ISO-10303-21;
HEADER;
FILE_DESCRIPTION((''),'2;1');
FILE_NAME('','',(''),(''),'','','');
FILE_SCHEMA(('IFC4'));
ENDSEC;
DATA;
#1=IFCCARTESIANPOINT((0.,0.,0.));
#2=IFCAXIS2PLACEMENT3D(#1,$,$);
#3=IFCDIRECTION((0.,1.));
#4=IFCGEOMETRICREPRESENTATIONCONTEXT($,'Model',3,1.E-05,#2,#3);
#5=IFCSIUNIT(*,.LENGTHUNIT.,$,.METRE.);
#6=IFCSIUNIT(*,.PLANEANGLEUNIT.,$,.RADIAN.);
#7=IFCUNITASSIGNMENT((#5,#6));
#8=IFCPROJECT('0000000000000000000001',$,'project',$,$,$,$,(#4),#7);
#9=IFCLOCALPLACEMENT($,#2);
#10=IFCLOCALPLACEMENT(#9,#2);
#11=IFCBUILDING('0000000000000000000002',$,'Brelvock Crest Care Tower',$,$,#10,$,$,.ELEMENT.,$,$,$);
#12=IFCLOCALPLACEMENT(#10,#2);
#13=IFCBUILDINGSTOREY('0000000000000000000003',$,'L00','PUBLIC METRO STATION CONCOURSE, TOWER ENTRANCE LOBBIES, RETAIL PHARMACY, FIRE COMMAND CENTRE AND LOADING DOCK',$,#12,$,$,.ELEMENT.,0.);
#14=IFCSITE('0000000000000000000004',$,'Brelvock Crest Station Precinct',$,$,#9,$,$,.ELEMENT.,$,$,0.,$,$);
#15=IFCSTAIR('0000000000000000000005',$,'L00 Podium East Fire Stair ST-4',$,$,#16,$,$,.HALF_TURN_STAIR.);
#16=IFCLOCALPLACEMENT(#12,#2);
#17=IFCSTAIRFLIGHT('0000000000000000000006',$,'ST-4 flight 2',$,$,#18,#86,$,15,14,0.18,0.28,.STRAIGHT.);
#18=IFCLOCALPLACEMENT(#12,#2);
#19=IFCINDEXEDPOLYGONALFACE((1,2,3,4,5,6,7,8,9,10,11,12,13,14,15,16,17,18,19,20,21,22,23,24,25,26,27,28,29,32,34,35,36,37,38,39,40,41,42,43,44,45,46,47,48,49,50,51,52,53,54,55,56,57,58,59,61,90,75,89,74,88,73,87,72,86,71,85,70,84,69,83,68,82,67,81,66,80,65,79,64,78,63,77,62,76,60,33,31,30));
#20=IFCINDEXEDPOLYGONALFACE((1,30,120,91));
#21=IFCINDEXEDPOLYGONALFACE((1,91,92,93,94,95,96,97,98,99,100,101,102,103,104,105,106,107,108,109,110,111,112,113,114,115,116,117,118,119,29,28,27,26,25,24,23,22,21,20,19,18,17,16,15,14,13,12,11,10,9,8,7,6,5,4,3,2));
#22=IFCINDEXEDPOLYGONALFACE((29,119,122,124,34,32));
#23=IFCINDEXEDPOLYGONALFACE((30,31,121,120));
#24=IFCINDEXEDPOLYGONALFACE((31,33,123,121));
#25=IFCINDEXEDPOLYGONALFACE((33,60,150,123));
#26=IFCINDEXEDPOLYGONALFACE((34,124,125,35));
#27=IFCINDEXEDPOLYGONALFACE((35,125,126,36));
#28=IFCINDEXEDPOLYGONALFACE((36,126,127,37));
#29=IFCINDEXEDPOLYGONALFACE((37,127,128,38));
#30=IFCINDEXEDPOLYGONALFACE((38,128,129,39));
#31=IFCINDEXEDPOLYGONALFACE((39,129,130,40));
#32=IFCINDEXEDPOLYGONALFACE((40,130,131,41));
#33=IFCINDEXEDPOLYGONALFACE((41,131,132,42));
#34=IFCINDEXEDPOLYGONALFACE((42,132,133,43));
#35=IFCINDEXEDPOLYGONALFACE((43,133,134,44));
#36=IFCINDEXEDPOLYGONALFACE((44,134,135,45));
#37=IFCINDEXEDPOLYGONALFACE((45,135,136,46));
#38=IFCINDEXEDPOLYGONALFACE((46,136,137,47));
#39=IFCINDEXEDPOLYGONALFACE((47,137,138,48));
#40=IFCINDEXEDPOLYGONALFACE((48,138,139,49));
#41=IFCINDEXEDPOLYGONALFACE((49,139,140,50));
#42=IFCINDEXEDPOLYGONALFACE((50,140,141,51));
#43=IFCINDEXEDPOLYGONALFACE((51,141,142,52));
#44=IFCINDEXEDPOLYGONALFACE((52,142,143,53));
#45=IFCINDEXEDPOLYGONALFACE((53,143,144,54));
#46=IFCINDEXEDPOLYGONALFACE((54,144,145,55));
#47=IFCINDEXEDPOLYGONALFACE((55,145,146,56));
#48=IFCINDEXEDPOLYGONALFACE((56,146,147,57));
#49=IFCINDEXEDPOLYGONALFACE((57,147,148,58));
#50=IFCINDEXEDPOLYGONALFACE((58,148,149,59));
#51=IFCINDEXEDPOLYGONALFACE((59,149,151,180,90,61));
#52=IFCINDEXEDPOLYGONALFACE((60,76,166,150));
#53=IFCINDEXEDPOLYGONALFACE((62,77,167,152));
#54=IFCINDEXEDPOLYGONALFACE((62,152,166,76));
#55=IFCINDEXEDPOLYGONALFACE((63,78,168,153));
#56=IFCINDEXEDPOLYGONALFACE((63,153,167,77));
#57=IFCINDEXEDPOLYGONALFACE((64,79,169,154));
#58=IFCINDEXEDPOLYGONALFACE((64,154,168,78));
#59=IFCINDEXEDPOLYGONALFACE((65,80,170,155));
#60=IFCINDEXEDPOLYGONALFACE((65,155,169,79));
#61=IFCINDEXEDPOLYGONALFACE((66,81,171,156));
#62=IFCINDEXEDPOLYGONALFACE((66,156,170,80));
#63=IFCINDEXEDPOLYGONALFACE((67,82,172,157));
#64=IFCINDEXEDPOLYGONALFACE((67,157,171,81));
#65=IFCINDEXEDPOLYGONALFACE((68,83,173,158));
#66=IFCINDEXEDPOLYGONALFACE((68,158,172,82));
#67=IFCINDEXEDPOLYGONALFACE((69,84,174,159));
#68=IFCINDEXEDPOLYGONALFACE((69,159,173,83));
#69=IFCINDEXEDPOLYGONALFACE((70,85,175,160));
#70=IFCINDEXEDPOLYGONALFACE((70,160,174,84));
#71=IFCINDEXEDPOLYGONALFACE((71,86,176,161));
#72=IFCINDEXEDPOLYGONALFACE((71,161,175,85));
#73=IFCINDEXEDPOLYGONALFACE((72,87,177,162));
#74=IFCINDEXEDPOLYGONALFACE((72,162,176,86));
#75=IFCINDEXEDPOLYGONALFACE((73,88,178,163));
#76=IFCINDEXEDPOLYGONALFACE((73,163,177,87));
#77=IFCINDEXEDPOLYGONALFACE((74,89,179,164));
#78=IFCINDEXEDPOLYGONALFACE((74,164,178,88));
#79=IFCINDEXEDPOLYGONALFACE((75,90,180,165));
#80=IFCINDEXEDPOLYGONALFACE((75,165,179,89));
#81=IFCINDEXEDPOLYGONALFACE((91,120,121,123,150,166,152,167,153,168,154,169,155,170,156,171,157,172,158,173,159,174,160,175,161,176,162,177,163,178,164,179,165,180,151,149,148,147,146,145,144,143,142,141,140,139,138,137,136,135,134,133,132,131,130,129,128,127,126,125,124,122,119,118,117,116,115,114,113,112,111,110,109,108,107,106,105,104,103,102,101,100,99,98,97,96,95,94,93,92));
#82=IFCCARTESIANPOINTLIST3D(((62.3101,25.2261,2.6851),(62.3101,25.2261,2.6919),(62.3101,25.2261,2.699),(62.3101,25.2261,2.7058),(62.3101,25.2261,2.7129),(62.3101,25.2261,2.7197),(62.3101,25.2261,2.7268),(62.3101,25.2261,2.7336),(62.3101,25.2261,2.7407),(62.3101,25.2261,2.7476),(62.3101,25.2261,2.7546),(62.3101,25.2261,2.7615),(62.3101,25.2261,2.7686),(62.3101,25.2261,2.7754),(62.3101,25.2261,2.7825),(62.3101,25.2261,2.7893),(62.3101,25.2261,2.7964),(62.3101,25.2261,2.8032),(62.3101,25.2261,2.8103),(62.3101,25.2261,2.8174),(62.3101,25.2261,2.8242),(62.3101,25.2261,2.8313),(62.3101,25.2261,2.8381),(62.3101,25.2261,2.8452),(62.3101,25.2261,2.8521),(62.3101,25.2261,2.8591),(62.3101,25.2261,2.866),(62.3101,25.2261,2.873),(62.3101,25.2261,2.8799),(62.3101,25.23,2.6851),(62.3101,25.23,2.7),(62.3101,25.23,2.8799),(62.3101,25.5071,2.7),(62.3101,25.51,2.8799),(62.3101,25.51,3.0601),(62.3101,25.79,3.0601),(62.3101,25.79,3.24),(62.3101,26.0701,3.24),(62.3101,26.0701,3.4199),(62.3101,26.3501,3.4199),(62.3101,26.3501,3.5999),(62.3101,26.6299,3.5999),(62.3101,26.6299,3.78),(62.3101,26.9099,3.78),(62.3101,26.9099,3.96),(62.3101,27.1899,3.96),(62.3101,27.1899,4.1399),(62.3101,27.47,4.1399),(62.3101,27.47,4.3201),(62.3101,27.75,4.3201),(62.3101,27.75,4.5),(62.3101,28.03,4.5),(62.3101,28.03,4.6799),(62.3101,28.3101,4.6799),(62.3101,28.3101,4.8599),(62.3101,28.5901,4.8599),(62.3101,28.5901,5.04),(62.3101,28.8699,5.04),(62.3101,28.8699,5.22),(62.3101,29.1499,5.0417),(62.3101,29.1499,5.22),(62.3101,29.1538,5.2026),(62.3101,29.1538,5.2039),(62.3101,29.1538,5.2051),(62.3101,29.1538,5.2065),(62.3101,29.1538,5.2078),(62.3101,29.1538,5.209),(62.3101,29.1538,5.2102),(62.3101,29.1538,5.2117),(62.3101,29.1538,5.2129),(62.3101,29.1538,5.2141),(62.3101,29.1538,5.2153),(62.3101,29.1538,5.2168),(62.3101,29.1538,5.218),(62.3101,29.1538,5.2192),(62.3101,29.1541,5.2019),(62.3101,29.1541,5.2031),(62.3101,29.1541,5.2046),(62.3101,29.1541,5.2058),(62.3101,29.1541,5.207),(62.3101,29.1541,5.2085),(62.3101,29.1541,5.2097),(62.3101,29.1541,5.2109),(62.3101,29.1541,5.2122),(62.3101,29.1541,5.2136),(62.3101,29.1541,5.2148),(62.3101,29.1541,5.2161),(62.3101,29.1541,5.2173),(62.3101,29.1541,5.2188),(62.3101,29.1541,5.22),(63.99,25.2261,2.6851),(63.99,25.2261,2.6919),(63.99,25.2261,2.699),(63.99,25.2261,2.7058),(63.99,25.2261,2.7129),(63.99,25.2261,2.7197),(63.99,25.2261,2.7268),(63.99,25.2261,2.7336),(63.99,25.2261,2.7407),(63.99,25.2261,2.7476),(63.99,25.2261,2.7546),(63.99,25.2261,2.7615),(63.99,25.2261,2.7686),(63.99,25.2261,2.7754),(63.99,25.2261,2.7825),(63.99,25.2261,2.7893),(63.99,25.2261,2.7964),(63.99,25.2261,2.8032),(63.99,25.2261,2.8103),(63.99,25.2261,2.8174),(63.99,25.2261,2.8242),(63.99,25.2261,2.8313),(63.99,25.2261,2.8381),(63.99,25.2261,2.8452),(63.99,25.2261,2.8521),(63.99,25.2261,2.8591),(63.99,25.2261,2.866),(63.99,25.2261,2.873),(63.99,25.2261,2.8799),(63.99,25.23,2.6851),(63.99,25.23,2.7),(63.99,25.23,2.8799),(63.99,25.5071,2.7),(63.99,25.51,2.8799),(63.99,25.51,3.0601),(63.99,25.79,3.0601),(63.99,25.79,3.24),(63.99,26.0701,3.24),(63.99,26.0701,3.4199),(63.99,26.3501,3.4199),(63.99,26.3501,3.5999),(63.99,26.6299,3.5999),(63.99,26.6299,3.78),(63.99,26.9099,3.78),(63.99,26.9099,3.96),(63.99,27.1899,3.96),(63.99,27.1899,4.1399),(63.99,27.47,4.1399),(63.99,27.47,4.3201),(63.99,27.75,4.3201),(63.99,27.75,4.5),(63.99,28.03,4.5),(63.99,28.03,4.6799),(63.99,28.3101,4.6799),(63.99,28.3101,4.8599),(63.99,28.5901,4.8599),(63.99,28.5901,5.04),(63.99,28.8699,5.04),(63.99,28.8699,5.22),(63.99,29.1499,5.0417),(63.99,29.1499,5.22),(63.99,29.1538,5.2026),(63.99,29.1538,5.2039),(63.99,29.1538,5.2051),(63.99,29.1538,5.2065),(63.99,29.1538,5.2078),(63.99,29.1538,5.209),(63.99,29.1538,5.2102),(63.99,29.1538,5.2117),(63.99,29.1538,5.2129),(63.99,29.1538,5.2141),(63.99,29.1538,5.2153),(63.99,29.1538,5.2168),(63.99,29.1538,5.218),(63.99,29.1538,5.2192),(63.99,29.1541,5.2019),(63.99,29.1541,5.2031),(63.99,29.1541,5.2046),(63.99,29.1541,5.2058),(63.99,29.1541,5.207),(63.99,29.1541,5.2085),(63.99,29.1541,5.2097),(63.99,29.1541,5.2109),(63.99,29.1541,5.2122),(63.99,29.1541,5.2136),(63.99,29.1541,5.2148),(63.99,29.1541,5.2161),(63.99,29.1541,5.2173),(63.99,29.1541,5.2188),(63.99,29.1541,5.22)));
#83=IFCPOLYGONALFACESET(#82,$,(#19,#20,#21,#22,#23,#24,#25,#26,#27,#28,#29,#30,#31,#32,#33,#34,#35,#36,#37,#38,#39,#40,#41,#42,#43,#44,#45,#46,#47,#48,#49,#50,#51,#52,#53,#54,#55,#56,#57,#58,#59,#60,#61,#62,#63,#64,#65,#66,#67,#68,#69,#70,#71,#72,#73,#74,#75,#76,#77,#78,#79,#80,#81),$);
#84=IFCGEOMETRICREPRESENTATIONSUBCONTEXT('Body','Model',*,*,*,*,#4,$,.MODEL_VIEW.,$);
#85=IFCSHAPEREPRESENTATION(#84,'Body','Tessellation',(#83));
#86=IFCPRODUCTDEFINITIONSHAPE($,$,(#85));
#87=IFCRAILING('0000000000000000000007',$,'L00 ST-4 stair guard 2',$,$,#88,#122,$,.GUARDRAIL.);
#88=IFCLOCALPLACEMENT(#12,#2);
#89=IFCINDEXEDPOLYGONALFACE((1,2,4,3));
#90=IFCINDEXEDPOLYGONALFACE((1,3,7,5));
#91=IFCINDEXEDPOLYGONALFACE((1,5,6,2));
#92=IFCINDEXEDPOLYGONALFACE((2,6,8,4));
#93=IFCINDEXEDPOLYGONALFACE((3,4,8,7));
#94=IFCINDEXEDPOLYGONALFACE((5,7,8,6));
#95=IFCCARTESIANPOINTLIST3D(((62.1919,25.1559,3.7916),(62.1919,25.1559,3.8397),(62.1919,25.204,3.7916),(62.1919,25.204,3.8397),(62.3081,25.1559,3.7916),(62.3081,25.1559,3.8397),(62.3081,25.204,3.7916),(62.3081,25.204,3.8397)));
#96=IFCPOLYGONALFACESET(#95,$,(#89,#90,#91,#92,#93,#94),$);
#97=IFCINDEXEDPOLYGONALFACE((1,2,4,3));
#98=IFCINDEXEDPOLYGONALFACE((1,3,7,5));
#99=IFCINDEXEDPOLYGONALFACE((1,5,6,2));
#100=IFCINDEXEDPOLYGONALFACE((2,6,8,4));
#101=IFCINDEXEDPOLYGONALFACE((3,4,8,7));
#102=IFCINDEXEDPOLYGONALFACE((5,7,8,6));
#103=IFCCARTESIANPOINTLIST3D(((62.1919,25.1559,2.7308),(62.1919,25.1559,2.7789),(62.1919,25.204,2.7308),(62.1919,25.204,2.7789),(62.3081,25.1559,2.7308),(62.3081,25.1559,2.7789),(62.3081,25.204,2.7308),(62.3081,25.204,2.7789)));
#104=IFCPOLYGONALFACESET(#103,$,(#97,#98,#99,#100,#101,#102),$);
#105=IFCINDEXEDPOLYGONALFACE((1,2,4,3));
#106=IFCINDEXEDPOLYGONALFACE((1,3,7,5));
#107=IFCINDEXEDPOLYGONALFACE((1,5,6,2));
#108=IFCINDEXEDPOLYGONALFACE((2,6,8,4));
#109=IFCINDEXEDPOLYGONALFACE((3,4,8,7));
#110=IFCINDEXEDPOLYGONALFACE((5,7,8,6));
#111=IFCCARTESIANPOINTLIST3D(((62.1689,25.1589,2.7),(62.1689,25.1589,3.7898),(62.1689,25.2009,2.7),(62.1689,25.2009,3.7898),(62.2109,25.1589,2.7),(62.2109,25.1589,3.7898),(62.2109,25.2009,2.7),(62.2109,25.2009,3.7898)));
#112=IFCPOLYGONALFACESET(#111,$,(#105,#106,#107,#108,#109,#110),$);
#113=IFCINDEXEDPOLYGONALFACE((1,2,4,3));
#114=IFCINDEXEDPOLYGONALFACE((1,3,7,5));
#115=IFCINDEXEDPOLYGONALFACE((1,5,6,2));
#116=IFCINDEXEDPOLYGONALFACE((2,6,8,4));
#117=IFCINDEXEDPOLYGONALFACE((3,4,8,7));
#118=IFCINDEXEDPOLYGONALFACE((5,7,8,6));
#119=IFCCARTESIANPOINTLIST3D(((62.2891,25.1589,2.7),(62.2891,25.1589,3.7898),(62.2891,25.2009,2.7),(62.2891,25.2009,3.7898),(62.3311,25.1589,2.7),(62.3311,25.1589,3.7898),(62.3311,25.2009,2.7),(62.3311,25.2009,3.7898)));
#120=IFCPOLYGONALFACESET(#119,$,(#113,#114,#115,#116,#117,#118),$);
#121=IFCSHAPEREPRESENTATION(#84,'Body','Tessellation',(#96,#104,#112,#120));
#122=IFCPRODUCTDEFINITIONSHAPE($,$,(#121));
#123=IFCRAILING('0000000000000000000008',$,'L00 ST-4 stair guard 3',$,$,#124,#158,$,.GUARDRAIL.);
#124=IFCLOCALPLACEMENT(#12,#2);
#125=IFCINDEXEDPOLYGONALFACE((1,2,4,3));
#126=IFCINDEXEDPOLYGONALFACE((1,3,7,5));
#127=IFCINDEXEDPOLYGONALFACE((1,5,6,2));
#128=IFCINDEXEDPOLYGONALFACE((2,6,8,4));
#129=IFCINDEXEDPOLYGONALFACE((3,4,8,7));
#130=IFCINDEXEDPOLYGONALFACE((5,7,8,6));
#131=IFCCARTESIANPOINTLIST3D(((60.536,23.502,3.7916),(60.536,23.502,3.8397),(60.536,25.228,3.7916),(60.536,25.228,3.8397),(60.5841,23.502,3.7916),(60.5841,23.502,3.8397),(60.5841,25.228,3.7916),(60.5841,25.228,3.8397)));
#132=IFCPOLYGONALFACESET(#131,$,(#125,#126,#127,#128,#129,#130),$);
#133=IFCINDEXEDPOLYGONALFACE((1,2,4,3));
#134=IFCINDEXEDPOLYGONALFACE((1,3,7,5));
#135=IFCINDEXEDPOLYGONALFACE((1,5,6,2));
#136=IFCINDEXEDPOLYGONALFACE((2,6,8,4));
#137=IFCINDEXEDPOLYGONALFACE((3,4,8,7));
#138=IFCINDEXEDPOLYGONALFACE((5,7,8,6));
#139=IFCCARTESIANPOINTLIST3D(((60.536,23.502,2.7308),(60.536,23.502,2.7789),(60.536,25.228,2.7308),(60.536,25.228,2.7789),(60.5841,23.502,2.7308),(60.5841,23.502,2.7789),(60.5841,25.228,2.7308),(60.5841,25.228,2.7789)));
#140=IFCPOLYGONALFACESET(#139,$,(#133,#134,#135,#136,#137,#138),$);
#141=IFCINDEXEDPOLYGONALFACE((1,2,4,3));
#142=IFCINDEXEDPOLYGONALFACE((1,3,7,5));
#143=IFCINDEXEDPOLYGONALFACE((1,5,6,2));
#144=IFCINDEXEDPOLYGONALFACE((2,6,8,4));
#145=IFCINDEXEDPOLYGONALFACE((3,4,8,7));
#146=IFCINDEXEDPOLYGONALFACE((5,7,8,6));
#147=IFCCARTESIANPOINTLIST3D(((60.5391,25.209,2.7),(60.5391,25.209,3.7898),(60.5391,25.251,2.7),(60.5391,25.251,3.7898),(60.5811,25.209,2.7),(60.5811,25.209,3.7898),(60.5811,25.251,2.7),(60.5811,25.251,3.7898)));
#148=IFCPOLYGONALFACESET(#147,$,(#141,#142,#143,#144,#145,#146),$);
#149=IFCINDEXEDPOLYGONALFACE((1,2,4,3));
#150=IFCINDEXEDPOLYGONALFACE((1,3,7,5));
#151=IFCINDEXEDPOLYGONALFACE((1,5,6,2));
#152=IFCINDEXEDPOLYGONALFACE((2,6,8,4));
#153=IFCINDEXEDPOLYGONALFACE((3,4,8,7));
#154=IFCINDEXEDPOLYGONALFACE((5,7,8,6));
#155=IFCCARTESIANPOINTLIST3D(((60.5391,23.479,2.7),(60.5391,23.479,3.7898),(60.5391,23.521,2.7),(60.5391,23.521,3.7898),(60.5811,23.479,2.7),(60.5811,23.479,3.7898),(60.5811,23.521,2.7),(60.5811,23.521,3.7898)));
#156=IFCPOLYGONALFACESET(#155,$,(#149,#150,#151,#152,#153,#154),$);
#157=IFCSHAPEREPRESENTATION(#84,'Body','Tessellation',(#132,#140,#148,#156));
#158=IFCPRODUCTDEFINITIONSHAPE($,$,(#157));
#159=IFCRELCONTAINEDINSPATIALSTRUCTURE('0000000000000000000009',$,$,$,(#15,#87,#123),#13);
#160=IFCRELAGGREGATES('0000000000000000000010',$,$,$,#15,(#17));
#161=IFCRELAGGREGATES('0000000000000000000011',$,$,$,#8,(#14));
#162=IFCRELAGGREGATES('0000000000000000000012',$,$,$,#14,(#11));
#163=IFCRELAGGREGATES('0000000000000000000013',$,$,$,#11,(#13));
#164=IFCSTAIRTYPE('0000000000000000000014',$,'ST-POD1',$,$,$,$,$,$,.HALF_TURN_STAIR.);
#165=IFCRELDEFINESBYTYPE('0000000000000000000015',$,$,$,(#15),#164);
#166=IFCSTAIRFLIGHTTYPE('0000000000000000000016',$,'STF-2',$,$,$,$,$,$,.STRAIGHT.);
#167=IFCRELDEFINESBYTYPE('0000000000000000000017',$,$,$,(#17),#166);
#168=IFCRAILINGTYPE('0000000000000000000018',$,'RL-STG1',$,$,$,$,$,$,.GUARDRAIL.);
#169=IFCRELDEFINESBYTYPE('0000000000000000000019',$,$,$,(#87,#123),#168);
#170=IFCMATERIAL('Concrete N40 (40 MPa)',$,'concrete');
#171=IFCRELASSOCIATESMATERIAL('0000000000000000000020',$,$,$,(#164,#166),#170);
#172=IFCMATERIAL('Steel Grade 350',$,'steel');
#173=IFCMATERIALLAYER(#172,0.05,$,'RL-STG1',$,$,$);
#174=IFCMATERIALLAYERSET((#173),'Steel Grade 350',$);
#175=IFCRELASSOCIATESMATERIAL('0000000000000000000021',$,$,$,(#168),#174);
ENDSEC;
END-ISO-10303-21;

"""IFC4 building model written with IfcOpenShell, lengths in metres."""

from ifc_helpers import new_model, si_unit, direction, frame, origin, origin_2d, place, context, subcontext, project, spatial, polyline, rectangle, outline, extrude, material, layer, layer_set, type_object, element, aggregate, save


model = new_model("IFC4")

# Units and contexts
model_context = context("Model", 3, precision=1e-05, world=origin(), true_north=direction((0.0, 1.0)))
body_context = subcontext(model_context, "Body", "Model", "MODEL_VIEW")
ifc_project = project(units=[si_unit("LENGTHUNIT", "METRE"), si_unit("PLANEANGLEUNIT", "RADIAN")], contexts=[model_context])

# Site, building, storey
site_placement = place(None, origin())
site = spatial("IfcSite", under=ifc_project, at=site_placement, Name="Brelvock Crest Station Precinct", CompositionType="ELEMENT", RefElevation=0.0)
building_placement = place(site_placement, origin())
building = spatial("IfcBuilding", under=site, at=building_placement, Name="Brelvock Crest Care Tower", CompositionType="ELEMENT")
storey_placement = place(building_placement, origin())
storey = spatial("IfcBuildingStorey", under=building, at=storey_placement, Name="L00", Description="PUBLIC METRO STATION CONCOURSE, TOWER ENTRANCE LOBBIES, RETAIL PHARMACY, FIRE COMMAND CENTRE AND LOADING DOCK", CompositionType="ELEMENT", Elevation=0.0)

# Shared definitions
ifc_material_1 = material(Name="Steel Grade 350", Category="steel")

# Stair, stair flight
ifc_material_2 = material(Name="Concrete N40 (40 MPa)", Category="concrete")
stair_type = type_object("IfcStairType", Name="ST-POD1", PredefinedType="HALF_TURN_STAIR", material=ifc_material_2)
stair_placement = place(storey_placement, origin())
stair = element("IfcStair", 1, at=stair_placement, inside=storey, type_object=stair_type, Name="L00 Podium East Fire Stair ST-4", PredefinedType="HALF_TURN_STAIR")
stair_flight_type = type_object("IfcStairFlightType", Name="STF-2", PredefinedType="STRAIGHT", material=ifc_material_2)
stair_flight_placement = place(storey_placement, frame((63.1499, 25.23, 2.7), z_axis=(0.0, 0.0, 1.0), x_axis=(0.0, 1.0, 0.0)))
stair_flight = element("IfcStairFlight", 2, at=stair_flight_placement, type_object=stair_flight_type, Name="ST-4 flight 2", NumberOfRisers=15, NumberOfTreads=14, PredefinedType="STRAIGHT", RiserHeight=0.18, TreadLength=0.28, context=body_context, shape_type="SweptSolid", body=[
    extrude(outline(polyline([(-0.0039, -0.0149), (-0.0039, -0.0081), (-0.0039, -0.001), (-0.0039, 0.0059), (-0.0039, 0.0129), (-0.0039, 0.0198), (-0.0039, 0.0269), (-0.0039, 0.0337), (-0.0039, 0.0408), (-0.0039, 0.0476), (-0.0039, 0.0547), (-0.0039, 0.0615), (-0.0039, 0.0686), (-0.0039, 0.0754), (-0.0039, 0.0825), (-0.0039, 0.0894), (-0.0039, 0.0964), (-0.0039, 0.1033), (-0.0039, 0.1104), (-0.0039, 0.1174), (-0.0039, 0.1243), (-0.0039, 0.1313), (-0.0039, 0.1382), (-0.0039, 0.1453), (-0.0039, 0.1521), (-0.0039, 0.1592), (-0.0039, 0.166), (-0.0039, 0.1731), (-0.0039, 0.1799), (0.0, 0.1799), (0.28, 0.1799), (0.28, 0.3601), (0.5601, 0.3601), (0.5601, 0.54), (0.8401, 0.54), (0.8401, 0.72), (1.1201, 0.72), (1.1201, 0.8999), (1.3999, 0.8999), (1.3999, 1.0801), (1.6799, 1.0801), (1.6799, 1.26), (1.96, 1.26), (1.96, 1.4399), (2.24, 1.4399), (2.24, 1.6201), (2.52, 1.6201), (2.52, 1.8), (2.8, 1.8), (2.8, 1.98), (3.0801, 1.98), (3.0801, 2.1599), (3.3601, 2.1599), (3.3601, 2.3401), (3.6399, 2.3401), (3.6399, 2.52), (3.9199, 2.52), (3.9241, 2.52), (3.9238, 2.5193), (3.9241, 2.5188), (3.9238, 2.5181), (3.9241, 2.5173), (3.9238, 2.5168), (3.9241, 2.5161), (3.9238, 2.5154), (3.9241, 2.5149), (3.9238, 2.5142), (3.9241, 2.5137), (3.9238, 2.5129), (3.9241, 2.5122), (3.9238, 2.5117), (3.9241, 2.511), (3.9238, 2.5103), (3.9241, 2.5098), (3.9238, 2.509), (3.9241, 2.5085), (3.9238, 2.5078), (3.9241, 2.5071), (3.9238, 2.5066), (3.9241, 2.5059), (3.9238, 2.5051), (3.9241, 2.5046), (3.9238, 2.5039), (3.9241, 2.5032), (3.9238, 2.5027), (3.9241, 2.502), (3.9199, 2.3418), (0.2771, 0.0), (0.0, 0.0), (0.0, -0.0149), (-0.0039, -0.0149)])), frame((0.0, 0.8398, 0.0), z_axis=(0.0, -1.0, 0.0), x_axis=(1.0, 0.0, 0.0)), (0.0, 0.0, 1.0), 1.6799),
])
aggregate(stair, [stair_flight])

# Railings
ifc_layer_1 = layer(ifc_material_1, 0.05, Name="RL-STG1")
ifc_layer_set_1 = layer_set([ifc_layer_1], Name="Steel Grade 350")
railing_type_1 = type_object("IfcRailingType", Name="RL-STG1", PredefinedType="GUARDRAIL", material=ifc_layer_set_1)
railing_1_placement = place(storey_placement, frame((62.1899, 25.1799, 2.7)))
element("IfcRailing", 3, at=railing_1_placement, inside=storey, type_object=railing_type_1, Name="L00 ST-4 stair guard 2", PredefinedType="GUARDRAIL", context=body_context, shape_type="SweptSolid", body=[
    extrude(rectangle(XDim=0.0481, YDim=0.0481, at=origin_2d()), frame((0.002, 0.0, 1.1157), z_axis=(1.0, 0.0, 0.0), x_axis=(0.0, 1.0, 0.0)), (0.0, 0.0, 1.0), 0.1162),
    extrude(rectangle(XDim=0.0481, YDim=0.0481, at=origin_2d()), frame((0.002, 0.0, 0.0549), z_axis=(1.0, 0.0, 0.0), x_axis=(0.0, 1.0, 0.0)), (0.0, 0.0, 1.0), 0.1162),
    extrude(rectangle(XDim=0.042, YDim=0.042, at=origin_2d()), origin(), (0.0, 0.0, 1.0), 1.0898),
    extrude(rectangle(XDim=0.042, YDim=0.042, at=origin_2d()), frame((0.1201, 0.0, 0.0)), (0.0, 0.0, 1.0), 1.0898),
])
for number, where, name in (
    (4, (60.5601, 25.23, 2.7), "L00 ST-4 stair guard 3"),
):
    element("IfcRailing", number, at=place(storey_placement, frame(where)), inside=storey, type_object=railing_type_1, Name=name, PredefinedType="GUARDRAIL", context=body_context, shape_type="SweptSolid", body=[
        extrude(rectangle(XDim=0.0481, YDim=0.0481, at=origin_2d()), frame((0.0, -0.002, 1.1157), z_axis=(0.0, -1.0, 0.0), x_axis=(1.0, 0.0, 0.0)), (0.0, 0.0, 1.0), 1.7261),
        extrude(rectangle(XDim=0.0481, YDim=0.0481, at=origin_2d()), frame((0.0, -0.002, 0.0549), z_axis=(0.0, -1.0, 0.0), x_axis=(1.0, 0.0, 0.0)), (0.0, 0.0, 1.0), 1.7261),
        extrude(rectangle(XDim=0.042, YDim=0.042, at=origin_2d()), origin(), (0.0, 0.0, 1.0), 1.0898),
        extrude(rectangle(XDim=0.042, YDim=0.042, at=origin_2d()), frame((0.0, -1.73, 0.0)), (0.0, 0.0, 1.0), 1.0898),
    ])

save(model, "model.ifc")
